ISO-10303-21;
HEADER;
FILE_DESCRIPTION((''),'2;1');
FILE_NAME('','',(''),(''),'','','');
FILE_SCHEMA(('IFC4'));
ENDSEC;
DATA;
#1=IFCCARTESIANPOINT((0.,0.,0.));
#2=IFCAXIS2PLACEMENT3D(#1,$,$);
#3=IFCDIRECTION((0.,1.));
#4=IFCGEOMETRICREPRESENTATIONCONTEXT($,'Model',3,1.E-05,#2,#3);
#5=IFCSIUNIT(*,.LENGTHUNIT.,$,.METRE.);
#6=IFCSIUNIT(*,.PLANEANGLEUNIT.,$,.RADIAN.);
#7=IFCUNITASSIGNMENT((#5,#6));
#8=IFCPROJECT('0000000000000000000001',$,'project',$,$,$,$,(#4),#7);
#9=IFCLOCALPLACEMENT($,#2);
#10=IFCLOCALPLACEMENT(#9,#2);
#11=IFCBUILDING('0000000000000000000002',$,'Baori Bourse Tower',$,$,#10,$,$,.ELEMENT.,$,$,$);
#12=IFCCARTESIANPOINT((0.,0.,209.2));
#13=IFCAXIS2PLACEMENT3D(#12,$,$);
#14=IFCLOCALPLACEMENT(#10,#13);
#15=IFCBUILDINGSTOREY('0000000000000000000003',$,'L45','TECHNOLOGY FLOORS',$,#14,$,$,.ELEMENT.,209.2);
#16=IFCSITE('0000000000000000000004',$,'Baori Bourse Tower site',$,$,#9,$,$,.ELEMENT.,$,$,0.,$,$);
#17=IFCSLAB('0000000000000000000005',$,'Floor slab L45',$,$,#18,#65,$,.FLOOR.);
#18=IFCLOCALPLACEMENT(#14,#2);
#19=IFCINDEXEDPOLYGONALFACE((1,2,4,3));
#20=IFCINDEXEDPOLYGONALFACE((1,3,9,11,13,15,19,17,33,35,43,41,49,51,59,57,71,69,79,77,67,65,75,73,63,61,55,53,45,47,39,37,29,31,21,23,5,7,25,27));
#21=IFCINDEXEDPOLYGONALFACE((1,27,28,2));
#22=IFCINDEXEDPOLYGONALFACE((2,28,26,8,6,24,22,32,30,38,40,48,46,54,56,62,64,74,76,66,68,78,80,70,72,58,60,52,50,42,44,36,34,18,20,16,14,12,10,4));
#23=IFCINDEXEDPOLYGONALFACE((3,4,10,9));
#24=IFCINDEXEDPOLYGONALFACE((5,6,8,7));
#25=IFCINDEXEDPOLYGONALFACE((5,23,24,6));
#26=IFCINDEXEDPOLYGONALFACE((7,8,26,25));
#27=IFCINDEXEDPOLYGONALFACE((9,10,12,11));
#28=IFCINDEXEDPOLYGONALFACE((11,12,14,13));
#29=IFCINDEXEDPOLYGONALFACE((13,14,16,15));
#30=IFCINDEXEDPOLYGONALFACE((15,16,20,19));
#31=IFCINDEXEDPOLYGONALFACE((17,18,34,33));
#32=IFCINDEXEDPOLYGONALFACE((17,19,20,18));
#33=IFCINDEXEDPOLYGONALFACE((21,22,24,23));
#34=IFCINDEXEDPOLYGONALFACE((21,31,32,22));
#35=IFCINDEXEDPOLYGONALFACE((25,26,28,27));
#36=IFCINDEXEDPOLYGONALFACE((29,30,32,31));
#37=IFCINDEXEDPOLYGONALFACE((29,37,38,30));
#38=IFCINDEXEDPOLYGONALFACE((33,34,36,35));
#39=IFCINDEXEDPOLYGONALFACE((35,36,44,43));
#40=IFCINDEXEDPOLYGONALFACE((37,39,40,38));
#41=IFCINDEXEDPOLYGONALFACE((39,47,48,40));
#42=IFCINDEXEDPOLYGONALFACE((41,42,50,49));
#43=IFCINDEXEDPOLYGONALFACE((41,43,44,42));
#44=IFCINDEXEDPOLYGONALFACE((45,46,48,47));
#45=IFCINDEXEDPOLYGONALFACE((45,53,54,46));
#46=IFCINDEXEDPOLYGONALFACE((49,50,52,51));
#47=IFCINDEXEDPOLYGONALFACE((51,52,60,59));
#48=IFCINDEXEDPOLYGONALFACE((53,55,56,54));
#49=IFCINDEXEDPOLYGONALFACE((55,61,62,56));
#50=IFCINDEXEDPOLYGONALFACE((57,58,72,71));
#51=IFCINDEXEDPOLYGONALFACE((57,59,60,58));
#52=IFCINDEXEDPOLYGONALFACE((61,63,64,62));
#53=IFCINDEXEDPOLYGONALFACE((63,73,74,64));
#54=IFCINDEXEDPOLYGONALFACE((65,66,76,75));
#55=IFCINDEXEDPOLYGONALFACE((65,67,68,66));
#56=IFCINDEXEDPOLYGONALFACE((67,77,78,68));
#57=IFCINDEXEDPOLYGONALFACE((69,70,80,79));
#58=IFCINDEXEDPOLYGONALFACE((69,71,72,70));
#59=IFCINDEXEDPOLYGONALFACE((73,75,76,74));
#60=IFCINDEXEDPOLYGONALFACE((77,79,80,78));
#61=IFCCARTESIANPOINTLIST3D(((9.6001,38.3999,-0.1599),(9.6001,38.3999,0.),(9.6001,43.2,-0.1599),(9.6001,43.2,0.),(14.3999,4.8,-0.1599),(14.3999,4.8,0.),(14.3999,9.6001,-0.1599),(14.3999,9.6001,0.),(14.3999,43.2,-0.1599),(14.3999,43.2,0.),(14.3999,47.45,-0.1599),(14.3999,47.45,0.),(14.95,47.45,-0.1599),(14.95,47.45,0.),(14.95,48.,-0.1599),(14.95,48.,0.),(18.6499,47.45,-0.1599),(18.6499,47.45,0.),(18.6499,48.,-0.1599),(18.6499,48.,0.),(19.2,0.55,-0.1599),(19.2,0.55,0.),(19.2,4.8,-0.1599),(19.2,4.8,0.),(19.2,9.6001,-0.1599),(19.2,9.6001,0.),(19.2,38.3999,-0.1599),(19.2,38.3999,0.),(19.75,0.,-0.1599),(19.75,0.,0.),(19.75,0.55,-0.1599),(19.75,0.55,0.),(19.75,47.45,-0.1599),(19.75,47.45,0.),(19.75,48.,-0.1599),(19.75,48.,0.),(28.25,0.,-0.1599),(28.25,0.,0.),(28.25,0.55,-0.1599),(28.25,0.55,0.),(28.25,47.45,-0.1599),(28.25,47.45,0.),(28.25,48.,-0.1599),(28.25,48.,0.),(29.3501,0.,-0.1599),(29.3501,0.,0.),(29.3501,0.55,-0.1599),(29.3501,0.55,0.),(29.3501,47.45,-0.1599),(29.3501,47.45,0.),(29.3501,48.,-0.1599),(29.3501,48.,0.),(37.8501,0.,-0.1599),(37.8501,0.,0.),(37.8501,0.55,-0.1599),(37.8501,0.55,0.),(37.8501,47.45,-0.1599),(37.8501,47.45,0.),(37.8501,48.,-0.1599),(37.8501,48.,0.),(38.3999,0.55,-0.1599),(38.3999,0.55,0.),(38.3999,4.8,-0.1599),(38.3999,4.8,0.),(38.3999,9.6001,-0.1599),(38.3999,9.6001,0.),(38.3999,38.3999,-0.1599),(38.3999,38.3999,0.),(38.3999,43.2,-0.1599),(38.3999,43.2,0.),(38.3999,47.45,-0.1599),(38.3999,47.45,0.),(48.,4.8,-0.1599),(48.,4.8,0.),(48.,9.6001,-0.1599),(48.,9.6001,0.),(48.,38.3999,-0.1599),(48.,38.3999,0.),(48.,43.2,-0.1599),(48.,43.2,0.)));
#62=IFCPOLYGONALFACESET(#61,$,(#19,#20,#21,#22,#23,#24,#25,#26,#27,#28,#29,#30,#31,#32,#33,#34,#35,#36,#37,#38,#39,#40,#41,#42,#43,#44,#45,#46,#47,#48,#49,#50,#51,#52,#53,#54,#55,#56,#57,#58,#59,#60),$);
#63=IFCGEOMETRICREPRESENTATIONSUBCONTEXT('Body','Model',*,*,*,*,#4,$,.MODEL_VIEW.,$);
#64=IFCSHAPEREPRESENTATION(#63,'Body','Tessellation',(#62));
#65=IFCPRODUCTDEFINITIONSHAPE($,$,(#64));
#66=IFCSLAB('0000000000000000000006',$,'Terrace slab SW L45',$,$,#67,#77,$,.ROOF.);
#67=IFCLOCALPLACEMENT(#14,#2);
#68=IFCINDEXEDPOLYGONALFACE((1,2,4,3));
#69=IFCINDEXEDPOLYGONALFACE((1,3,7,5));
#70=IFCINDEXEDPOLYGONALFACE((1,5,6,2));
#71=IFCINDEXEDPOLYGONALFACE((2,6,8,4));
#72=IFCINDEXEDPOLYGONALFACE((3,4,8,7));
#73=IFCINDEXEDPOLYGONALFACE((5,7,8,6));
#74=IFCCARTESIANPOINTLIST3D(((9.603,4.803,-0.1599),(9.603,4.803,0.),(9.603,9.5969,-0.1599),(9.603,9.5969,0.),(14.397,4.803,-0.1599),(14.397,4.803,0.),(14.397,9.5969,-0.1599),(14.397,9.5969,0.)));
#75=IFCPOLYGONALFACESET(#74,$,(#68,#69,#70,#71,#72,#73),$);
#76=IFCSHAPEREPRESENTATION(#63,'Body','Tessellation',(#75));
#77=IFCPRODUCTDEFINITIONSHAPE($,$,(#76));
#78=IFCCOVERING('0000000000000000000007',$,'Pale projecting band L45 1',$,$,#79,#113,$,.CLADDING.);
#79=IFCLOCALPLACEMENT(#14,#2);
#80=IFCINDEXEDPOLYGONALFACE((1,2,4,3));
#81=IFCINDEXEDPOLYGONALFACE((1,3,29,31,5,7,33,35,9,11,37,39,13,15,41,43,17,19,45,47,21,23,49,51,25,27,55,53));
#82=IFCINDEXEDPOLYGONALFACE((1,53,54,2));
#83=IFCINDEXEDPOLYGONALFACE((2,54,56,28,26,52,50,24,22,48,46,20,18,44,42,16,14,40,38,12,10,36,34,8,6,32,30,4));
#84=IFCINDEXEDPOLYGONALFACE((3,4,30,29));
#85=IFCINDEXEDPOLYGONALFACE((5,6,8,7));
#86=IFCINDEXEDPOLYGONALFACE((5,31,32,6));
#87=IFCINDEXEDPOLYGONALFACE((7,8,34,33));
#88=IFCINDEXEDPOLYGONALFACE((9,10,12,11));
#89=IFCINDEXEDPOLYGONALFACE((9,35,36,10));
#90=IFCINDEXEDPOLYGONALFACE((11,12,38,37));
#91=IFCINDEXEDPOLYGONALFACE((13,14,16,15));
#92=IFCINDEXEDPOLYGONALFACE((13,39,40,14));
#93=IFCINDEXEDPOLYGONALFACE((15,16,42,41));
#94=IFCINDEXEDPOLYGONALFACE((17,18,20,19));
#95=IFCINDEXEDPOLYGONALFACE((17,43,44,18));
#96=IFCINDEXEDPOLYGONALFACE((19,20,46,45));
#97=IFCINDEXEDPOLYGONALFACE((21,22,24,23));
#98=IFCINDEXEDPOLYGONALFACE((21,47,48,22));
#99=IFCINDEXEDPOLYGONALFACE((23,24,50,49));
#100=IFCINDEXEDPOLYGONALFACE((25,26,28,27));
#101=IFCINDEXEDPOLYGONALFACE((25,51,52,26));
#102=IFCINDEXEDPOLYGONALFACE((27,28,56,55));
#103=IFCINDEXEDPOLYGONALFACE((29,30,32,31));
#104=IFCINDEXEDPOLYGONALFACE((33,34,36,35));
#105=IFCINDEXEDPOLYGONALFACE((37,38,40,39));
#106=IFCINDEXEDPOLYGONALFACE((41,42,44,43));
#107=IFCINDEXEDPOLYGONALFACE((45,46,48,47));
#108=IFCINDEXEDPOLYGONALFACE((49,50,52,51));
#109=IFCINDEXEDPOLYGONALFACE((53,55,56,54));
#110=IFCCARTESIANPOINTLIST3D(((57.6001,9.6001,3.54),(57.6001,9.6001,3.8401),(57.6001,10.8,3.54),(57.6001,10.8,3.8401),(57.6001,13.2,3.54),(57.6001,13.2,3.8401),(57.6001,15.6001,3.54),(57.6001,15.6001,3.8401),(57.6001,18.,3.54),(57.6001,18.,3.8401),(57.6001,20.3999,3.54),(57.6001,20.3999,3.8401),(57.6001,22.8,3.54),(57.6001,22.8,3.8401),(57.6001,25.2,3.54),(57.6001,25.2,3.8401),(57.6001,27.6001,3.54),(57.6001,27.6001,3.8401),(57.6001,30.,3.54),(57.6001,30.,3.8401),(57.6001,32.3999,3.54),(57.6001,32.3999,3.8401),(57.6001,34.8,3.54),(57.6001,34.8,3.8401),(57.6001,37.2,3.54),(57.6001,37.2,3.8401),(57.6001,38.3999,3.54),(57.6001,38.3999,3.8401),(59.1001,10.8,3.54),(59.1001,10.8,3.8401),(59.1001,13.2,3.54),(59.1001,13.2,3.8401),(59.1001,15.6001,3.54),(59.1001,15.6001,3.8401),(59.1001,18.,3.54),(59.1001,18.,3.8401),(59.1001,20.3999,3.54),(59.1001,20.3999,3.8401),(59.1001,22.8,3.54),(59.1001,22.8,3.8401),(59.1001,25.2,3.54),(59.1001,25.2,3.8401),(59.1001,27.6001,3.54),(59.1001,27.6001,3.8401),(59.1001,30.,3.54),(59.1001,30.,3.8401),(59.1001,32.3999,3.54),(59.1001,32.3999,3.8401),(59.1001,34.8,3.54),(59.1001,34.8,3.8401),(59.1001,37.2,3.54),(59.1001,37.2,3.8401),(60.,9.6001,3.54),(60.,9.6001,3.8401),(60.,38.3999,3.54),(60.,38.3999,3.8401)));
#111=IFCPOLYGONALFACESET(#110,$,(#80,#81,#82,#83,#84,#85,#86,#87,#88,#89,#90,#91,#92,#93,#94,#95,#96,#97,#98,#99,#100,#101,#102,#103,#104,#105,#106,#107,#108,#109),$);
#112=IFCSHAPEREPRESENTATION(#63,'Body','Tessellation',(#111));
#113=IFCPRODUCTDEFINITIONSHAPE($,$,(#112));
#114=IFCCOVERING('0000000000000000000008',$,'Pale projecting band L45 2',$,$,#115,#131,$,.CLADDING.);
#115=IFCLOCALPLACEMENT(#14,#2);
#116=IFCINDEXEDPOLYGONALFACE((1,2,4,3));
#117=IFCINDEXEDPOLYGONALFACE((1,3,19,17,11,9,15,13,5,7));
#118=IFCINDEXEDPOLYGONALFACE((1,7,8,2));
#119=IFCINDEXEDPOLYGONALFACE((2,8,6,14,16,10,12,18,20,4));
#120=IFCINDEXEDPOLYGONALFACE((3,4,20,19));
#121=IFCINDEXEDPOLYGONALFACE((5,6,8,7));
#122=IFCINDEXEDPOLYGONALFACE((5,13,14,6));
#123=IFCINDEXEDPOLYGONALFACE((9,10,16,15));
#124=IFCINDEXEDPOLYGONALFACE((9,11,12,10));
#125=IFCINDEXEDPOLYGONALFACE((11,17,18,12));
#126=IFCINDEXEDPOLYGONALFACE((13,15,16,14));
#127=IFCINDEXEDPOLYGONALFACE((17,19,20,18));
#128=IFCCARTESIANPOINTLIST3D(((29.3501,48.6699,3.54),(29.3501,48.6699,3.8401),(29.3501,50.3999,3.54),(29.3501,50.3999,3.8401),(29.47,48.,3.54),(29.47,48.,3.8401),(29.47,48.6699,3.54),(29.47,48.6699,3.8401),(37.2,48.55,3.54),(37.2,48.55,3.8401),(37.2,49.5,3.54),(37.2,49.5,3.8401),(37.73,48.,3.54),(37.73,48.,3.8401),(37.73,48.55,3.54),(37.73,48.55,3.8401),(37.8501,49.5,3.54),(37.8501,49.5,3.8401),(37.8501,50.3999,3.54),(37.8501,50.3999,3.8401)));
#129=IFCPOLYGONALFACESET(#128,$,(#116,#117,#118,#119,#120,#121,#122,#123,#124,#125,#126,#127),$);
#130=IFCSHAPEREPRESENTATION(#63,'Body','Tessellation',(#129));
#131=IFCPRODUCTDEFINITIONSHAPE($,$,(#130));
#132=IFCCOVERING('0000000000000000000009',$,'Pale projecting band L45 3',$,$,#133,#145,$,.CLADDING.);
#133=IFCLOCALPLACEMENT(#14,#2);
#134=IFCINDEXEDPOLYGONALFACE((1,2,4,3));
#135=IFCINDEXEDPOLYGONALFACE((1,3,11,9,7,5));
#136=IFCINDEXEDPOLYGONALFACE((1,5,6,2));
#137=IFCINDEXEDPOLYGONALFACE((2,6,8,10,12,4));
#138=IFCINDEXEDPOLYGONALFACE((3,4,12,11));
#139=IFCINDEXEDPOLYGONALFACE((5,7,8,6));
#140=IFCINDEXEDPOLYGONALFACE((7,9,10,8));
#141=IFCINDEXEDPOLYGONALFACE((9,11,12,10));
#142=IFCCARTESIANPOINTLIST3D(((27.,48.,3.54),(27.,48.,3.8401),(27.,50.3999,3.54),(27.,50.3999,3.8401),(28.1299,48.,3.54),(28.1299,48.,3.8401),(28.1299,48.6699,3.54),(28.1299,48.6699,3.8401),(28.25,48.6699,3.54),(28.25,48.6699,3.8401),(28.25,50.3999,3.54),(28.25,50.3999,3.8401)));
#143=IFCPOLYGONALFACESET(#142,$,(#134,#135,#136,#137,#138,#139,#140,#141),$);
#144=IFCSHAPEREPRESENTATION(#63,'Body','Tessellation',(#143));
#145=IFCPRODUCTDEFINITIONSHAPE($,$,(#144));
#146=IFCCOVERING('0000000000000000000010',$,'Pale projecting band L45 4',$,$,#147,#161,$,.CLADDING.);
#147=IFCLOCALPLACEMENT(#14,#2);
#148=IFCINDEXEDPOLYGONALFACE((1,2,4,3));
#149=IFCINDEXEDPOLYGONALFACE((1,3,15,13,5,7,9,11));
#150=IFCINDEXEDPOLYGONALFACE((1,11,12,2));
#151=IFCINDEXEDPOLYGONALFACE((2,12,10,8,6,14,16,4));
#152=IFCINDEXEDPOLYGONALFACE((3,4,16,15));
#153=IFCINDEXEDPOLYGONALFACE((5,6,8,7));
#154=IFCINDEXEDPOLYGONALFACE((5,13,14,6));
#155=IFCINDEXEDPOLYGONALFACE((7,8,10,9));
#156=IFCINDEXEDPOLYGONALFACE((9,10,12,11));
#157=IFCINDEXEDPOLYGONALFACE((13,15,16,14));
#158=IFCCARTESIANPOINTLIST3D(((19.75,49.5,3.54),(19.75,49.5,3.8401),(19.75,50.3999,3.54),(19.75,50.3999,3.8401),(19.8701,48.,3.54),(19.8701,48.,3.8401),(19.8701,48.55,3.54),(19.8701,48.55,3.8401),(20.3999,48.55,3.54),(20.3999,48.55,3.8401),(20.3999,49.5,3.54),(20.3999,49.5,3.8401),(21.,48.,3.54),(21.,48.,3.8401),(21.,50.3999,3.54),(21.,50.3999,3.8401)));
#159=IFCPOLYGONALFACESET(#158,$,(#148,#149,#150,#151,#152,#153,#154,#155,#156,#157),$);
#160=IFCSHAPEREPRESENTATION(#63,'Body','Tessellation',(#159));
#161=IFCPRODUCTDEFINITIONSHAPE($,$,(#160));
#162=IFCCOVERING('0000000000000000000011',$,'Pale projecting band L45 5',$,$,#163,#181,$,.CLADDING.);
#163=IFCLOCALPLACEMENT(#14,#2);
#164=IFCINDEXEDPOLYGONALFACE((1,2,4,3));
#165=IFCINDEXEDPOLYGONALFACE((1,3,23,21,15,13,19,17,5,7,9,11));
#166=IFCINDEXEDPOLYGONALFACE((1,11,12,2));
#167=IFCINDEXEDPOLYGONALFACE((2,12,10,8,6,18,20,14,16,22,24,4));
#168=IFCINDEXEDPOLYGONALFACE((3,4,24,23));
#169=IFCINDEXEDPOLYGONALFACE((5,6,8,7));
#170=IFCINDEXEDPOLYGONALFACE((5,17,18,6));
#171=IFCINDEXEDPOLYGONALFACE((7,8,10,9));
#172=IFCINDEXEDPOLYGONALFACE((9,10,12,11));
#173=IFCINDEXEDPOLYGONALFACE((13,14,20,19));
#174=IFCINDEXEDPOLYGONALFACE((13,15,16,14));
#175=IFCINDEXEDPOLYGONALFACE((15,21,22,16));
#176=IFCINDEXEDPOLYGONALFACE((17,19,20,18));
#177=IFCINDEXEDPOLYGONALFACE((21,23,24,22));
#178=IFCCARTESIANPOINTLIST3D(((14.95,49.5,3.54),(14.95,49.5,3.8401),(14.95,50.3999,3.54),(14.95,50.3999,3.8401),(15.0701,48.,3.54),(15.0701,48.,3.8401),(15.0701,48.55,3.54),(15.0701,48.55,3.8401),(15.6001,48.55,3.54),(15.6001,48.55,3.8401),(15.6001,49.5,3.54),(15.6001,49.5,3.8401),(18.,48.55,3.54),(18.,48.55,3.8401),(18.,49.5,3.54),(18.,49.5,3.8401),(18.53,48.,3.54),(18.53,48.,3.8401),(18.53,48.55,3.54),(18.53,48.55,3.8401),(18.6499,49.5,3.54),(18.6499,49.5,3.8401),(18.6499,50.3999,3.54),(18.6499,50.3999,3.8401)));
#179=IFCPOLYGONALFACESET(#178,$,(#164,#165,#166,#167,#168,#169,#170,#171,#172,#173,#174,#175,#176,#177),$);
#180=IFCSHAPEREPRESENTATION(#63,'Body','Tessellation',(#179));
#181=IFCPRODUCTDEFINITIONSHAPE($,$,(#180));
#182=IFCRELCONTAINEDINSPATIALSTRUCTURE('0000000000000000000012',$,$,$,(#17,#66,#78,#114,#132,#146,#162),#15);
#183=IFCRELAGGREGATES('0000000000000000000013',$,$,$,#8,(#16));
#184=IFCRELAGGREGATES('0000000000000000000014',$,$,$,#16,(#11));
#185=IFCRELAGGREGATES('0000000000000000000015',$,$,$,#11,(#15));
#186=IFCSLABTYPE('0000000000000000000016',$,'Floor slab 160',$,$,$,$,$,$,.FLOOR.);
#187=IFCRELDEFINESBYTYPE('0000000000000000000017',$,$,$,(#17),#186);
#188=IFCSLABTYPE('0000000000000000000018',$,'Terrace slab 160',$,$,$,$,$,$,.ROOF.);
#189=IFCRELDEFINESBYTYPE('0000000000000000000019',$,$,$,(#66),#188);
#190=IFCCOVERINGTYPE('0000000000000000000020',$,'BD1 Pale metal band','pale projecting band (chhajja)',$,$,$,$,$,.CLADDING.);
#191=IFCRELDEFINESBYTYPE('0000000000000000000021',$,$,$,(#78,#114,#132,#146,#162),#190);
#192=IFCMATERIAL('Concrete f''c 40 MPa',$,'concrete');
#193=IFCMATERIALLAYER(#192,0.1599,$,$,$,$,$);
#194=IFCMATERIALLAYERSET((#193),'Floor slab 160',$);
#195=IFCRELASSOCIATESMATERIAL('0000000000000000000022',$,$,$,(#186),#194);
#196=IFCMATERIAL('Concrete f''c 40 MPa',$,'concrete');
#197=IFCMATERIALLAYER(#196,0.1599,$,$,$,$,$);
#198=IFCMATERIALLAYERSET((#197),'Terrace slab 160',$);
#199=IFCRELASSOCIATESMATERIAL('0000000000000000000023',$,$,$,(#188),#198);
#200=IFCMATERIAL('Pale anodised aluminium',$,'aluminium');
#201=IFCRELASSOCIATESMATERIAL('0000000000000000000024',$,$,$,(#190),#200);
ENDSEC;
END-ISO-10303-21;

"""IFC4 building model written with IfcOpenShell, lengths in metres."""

from ifc_helpers import new_model, si_unit, direction, frame, origin, place, context, subcontext, project, spatial, polyline, outline, extrude, material, layer, layer_set, type_object, element, save


model = new_model("IFC4")

# Units and contexts
model_context = context("Model", 3, precision=1e-05, world=origin(), true_north=direction((0.0, 1.0)))
body_context = subcontext(model_context, "Body", "Model", "MODEL_VIEW")
ifc_project = project(units=[si_unit("LENGTHUNIT", "METRE"), si_unit("PLANEANGLEUNIT", "RADIAN")], contexts=[model_context])

# Site, building, storey
site_placement = place(None, origin())
site = spatial("IfcSite", under=ifc_project, at=site_placement, Name="Baori Bourse Tower site", CompositionType="ELEMENT", RefElevation=0.0)
building_placement = place(site_placement, origin())
building = spatial("IfcBuilding", under=site, at=building_placement, Name="Baori Bourse Tower", CompositionType="ELEMENT")
storey_placement = place(building_placement, frame((0.0, 0.0, 209.2)))
storey = spatial("IfcBuildingStorey", under=building, at=storey_placement, Name="L45", Description="TECHNOLOGY FLOORS", CompositionType="ELEMENT", Elevation=209.2)

# Slabs
ifc_material_1 = material(Name="Concrete f'c 40 MPa", Category="concrete")
ifc_layer_1 = layer(ifc_material_1, 0.1599)
ifc_layer_set_1 = layer_set([ifc_layer_1], Name="Floor slab 160")
slab_type_1 = type_object("IfcSlabType", Name="Floor slab 160", PredefinedType="FLOOR", material=ifc_layer_set_1)
slab_1_placement = place(storey_placement, frame((0.0, 0.0, -0.1599)))
element("IfcSlab", 1, at=slab_1_placement, inside=storey, type_object=slab_type_1, Name="Floor slab L45", PredefinedType="FLOOR", context=body_context, shape_type="SweptSolid", body=[
    extrude(outline(polyline([(19.2, 4.8), (14.3999, 4.8), (14.3999, 9.6001), (19.2, 9.6001), (19.2, 38.3999), (9.6001, 38.3999), (9.6001, 43.2), (14.3999, 43.2), (14.3999, 47.45), (14.95, 47.45), (14.95, 48.0), (18.6499, 48.0), (18.6499, 47.45), (19.75, 47.45), (19.75, 48.0), (28.25, 48.0), (28.25, 47.45), (29.3501, 47.45), (29.3501, 48.0), (37.8501, 48.0), (37.8501, 47.45), (38.3999, 47.45), (38.3999, 43.2), (48.0, 43.2), (48.0, 38.3999), (38.3999, 38.3999), (38.3999, 9.6001), (48.0, 9.6001), (48.0, 4.8), (38.3999, 4.8), (38.3999, 0.55), (37.8501, 0.55), (37.8501, 0.0), (29.3501, 0.0), (29.3501, 0.55), (28.25, 0.55), (28.25, 0.0), (19.75, 0.0), (19.75, 0.55), (19.2, 0.55), (19.2, 4.8)])), origin(), (0.0, 0.0, 1.0), 0.1599),
])
ifc_material_2 = material(Name="Concrete f'c 40 MPa", Category="concrete")
ifc_layer_2 = layer(ifc_material_2, 0.1599)
ifc_layer_set_2 = layer_set([ifc_layer_2], Name="Terrace slab 160")
slab_type_2 = type_object("IfcSlabType", Name="Terrace slab 160", PredefinedType="ROOF", material=ifc_layer_set_2)
slab_2_placement = place(storey_placement, frame((0.0, 0.0, -0.1599)))
element("IfcSlab", 2, at=slab_2_placement, inside=storey, type_object=slab_type_2, Name="Terrace slab SW L45", PredefinedType="ROOF", context=body_context, shape_type="SweptSolid", body=[
    extrude(outline(polyline([(14.397, 4.803), (9.603, 4.803), (9.603, 9.5969), (14.397, 9.5969), (14.397, 4.803)])), origin(), (0.0, 0.0, 1.0), 0.1599),
])

# Coverings
ifc_material_3 = material(Name="Pale anodised aluminium", Category="aluminium")
covering_type_1 = type_object("IfcCoveringType", Name="BD1 Pale metal band", Description="pale projecting band (chhajja)", PredefinedType="CLADDING", material=ifc_material_3)
covering_1_placement = place(storey_placement, frame((0.0, 0.0, 3.54)))
element("IfcCovering", 3, at=covering_1_placement, inside=storey, type_object=covering_type_1, Name="Pale projecting band L45 1", PredefinedType="CLADDING", context=body_context, shape_type="SweptSolid", body=[
    extrude(outline(polyline([(57.6001, 10.8), (57.6001, 9.6001), (60.0, 9.6001), (60.0, 38.3999), (57.6001, 38.3999), (57.6001, 37.2), (59.1001, 37.2), (59.1001, 34.8), (57.6001, 34.8), (57.6001, 32.3999), (59.1001, 32.3999), (59.1001, 30.0), (57.6001, 30.0), (57.6001, 27.6001), (59.1001, 27.6001), (59.1001, 25.2), (57.6001, 25.2), (57.6001, 22.8), (59.1001, 22.8), (59.1001, 20.3999), (57.6001, 20.3999), (57.6001, 18.0), (59.1001, 18.0), (59.1001, 15.6001), (57.6001, 15.6001), (57.6001, 13.2), (59.1001, 13.2), (59.1001, 10.8), (57.6001, 10.8)])), origin(), (0.0, 0.0, 1.0), 0.3),
])
covering_2_placement = place(storey_placement, frame((0.0, 0.0, 3.54)))
element("IfcCovering", 4, at=covering_2_placement, inside=storey, type_object=covering_type_1, Name="Pale projecting band L45 2", PredefinedType="CLADDING", context=body_context, shape_type="SweptSolid", body=[
    extrude(outline(polyline([(29.47, 48.0), (37.73, 48.0), (37.73, 48.55), (37.2, 48.55), (37.2, 49.5), (37.8501, 49.5), (37.8501, 50.3999), (29.3501, 50.3999), (29.3501, 48.6699), (29.47, 48.6699), (29.47, 48.0)])), origin(), (0.0, 0.0, 1.0), 0.3),
])
covering_3_placement = place(storey_placement, frame((0.0, 0.0, 3.54)))
element("IfcCovering", 5, at=covering_3_placement, inside=storey, type_object=covering_type_1, Name="Pale projecting band L45 3", PredefinedType="CLADDING", context=body_context, shape_type="SweptSolid", body=[
    extrude(outline(polyline([(27.0, 48.0), (28.1299, 48.0), (28.1299, 48.6699), (28.25, 48.6699), (28.25, 50.3999), (27.0, 50.3999), (27.0, 48.0)])), origin(), (0.0, 0.0, 1.0), 0.3),
])
covering_4_placement = place(storey_placement, frame((0.0, 0.0, 3.54)))
element("IfcCovering", 6, at=covering_4_placement, inside=storey, type_object=covering_type_1, Name="Pale projecting band L45 4", PredefinedType="CLADDING", context=body_context, shape_type="SweptSolid", body=[
    extrude(outline(polyline([(19.8701, 48.0), (21.0, 48.0), (21.0, 50.3999), (19.75, 50.3999), (19.75, 49.5), (20.3999, 49.5), (20.3999, 48.55), (19.8701, 48.55), (19.8701, 48.0)])), origin(), (0.0, 0.0, 1.0), 0.3),
])
covering_5_placement = place(storey_placement, frame((0.0, 0.0, 3.54)))
element("IfcCovering", 7, at=covering_5_placement, inside=storey, type_object=covering_type_1, Name="Pale projecting band L45 5", PredefinedType="CLADDING", context=body_context, shape_type="SweptSolid", body=[
    extrude(outline(polyline([(15.0701, 48.0), (18.53, 48.0), (18.53, 48.55), (18.0, 48.55), (18.0, 49.5), (18.6499, 49.5), (18.6499, 50.3999), (14.95, 50.3999), (14.95, 49.5), (15.6001, 49.5), (15.6001, 48.55), (15.0701, 48.55), (15.0701, 48.0)])), origin(), (0.0, 0.0, 1.0), 0.3),
])

save(model, "model.ifc")
